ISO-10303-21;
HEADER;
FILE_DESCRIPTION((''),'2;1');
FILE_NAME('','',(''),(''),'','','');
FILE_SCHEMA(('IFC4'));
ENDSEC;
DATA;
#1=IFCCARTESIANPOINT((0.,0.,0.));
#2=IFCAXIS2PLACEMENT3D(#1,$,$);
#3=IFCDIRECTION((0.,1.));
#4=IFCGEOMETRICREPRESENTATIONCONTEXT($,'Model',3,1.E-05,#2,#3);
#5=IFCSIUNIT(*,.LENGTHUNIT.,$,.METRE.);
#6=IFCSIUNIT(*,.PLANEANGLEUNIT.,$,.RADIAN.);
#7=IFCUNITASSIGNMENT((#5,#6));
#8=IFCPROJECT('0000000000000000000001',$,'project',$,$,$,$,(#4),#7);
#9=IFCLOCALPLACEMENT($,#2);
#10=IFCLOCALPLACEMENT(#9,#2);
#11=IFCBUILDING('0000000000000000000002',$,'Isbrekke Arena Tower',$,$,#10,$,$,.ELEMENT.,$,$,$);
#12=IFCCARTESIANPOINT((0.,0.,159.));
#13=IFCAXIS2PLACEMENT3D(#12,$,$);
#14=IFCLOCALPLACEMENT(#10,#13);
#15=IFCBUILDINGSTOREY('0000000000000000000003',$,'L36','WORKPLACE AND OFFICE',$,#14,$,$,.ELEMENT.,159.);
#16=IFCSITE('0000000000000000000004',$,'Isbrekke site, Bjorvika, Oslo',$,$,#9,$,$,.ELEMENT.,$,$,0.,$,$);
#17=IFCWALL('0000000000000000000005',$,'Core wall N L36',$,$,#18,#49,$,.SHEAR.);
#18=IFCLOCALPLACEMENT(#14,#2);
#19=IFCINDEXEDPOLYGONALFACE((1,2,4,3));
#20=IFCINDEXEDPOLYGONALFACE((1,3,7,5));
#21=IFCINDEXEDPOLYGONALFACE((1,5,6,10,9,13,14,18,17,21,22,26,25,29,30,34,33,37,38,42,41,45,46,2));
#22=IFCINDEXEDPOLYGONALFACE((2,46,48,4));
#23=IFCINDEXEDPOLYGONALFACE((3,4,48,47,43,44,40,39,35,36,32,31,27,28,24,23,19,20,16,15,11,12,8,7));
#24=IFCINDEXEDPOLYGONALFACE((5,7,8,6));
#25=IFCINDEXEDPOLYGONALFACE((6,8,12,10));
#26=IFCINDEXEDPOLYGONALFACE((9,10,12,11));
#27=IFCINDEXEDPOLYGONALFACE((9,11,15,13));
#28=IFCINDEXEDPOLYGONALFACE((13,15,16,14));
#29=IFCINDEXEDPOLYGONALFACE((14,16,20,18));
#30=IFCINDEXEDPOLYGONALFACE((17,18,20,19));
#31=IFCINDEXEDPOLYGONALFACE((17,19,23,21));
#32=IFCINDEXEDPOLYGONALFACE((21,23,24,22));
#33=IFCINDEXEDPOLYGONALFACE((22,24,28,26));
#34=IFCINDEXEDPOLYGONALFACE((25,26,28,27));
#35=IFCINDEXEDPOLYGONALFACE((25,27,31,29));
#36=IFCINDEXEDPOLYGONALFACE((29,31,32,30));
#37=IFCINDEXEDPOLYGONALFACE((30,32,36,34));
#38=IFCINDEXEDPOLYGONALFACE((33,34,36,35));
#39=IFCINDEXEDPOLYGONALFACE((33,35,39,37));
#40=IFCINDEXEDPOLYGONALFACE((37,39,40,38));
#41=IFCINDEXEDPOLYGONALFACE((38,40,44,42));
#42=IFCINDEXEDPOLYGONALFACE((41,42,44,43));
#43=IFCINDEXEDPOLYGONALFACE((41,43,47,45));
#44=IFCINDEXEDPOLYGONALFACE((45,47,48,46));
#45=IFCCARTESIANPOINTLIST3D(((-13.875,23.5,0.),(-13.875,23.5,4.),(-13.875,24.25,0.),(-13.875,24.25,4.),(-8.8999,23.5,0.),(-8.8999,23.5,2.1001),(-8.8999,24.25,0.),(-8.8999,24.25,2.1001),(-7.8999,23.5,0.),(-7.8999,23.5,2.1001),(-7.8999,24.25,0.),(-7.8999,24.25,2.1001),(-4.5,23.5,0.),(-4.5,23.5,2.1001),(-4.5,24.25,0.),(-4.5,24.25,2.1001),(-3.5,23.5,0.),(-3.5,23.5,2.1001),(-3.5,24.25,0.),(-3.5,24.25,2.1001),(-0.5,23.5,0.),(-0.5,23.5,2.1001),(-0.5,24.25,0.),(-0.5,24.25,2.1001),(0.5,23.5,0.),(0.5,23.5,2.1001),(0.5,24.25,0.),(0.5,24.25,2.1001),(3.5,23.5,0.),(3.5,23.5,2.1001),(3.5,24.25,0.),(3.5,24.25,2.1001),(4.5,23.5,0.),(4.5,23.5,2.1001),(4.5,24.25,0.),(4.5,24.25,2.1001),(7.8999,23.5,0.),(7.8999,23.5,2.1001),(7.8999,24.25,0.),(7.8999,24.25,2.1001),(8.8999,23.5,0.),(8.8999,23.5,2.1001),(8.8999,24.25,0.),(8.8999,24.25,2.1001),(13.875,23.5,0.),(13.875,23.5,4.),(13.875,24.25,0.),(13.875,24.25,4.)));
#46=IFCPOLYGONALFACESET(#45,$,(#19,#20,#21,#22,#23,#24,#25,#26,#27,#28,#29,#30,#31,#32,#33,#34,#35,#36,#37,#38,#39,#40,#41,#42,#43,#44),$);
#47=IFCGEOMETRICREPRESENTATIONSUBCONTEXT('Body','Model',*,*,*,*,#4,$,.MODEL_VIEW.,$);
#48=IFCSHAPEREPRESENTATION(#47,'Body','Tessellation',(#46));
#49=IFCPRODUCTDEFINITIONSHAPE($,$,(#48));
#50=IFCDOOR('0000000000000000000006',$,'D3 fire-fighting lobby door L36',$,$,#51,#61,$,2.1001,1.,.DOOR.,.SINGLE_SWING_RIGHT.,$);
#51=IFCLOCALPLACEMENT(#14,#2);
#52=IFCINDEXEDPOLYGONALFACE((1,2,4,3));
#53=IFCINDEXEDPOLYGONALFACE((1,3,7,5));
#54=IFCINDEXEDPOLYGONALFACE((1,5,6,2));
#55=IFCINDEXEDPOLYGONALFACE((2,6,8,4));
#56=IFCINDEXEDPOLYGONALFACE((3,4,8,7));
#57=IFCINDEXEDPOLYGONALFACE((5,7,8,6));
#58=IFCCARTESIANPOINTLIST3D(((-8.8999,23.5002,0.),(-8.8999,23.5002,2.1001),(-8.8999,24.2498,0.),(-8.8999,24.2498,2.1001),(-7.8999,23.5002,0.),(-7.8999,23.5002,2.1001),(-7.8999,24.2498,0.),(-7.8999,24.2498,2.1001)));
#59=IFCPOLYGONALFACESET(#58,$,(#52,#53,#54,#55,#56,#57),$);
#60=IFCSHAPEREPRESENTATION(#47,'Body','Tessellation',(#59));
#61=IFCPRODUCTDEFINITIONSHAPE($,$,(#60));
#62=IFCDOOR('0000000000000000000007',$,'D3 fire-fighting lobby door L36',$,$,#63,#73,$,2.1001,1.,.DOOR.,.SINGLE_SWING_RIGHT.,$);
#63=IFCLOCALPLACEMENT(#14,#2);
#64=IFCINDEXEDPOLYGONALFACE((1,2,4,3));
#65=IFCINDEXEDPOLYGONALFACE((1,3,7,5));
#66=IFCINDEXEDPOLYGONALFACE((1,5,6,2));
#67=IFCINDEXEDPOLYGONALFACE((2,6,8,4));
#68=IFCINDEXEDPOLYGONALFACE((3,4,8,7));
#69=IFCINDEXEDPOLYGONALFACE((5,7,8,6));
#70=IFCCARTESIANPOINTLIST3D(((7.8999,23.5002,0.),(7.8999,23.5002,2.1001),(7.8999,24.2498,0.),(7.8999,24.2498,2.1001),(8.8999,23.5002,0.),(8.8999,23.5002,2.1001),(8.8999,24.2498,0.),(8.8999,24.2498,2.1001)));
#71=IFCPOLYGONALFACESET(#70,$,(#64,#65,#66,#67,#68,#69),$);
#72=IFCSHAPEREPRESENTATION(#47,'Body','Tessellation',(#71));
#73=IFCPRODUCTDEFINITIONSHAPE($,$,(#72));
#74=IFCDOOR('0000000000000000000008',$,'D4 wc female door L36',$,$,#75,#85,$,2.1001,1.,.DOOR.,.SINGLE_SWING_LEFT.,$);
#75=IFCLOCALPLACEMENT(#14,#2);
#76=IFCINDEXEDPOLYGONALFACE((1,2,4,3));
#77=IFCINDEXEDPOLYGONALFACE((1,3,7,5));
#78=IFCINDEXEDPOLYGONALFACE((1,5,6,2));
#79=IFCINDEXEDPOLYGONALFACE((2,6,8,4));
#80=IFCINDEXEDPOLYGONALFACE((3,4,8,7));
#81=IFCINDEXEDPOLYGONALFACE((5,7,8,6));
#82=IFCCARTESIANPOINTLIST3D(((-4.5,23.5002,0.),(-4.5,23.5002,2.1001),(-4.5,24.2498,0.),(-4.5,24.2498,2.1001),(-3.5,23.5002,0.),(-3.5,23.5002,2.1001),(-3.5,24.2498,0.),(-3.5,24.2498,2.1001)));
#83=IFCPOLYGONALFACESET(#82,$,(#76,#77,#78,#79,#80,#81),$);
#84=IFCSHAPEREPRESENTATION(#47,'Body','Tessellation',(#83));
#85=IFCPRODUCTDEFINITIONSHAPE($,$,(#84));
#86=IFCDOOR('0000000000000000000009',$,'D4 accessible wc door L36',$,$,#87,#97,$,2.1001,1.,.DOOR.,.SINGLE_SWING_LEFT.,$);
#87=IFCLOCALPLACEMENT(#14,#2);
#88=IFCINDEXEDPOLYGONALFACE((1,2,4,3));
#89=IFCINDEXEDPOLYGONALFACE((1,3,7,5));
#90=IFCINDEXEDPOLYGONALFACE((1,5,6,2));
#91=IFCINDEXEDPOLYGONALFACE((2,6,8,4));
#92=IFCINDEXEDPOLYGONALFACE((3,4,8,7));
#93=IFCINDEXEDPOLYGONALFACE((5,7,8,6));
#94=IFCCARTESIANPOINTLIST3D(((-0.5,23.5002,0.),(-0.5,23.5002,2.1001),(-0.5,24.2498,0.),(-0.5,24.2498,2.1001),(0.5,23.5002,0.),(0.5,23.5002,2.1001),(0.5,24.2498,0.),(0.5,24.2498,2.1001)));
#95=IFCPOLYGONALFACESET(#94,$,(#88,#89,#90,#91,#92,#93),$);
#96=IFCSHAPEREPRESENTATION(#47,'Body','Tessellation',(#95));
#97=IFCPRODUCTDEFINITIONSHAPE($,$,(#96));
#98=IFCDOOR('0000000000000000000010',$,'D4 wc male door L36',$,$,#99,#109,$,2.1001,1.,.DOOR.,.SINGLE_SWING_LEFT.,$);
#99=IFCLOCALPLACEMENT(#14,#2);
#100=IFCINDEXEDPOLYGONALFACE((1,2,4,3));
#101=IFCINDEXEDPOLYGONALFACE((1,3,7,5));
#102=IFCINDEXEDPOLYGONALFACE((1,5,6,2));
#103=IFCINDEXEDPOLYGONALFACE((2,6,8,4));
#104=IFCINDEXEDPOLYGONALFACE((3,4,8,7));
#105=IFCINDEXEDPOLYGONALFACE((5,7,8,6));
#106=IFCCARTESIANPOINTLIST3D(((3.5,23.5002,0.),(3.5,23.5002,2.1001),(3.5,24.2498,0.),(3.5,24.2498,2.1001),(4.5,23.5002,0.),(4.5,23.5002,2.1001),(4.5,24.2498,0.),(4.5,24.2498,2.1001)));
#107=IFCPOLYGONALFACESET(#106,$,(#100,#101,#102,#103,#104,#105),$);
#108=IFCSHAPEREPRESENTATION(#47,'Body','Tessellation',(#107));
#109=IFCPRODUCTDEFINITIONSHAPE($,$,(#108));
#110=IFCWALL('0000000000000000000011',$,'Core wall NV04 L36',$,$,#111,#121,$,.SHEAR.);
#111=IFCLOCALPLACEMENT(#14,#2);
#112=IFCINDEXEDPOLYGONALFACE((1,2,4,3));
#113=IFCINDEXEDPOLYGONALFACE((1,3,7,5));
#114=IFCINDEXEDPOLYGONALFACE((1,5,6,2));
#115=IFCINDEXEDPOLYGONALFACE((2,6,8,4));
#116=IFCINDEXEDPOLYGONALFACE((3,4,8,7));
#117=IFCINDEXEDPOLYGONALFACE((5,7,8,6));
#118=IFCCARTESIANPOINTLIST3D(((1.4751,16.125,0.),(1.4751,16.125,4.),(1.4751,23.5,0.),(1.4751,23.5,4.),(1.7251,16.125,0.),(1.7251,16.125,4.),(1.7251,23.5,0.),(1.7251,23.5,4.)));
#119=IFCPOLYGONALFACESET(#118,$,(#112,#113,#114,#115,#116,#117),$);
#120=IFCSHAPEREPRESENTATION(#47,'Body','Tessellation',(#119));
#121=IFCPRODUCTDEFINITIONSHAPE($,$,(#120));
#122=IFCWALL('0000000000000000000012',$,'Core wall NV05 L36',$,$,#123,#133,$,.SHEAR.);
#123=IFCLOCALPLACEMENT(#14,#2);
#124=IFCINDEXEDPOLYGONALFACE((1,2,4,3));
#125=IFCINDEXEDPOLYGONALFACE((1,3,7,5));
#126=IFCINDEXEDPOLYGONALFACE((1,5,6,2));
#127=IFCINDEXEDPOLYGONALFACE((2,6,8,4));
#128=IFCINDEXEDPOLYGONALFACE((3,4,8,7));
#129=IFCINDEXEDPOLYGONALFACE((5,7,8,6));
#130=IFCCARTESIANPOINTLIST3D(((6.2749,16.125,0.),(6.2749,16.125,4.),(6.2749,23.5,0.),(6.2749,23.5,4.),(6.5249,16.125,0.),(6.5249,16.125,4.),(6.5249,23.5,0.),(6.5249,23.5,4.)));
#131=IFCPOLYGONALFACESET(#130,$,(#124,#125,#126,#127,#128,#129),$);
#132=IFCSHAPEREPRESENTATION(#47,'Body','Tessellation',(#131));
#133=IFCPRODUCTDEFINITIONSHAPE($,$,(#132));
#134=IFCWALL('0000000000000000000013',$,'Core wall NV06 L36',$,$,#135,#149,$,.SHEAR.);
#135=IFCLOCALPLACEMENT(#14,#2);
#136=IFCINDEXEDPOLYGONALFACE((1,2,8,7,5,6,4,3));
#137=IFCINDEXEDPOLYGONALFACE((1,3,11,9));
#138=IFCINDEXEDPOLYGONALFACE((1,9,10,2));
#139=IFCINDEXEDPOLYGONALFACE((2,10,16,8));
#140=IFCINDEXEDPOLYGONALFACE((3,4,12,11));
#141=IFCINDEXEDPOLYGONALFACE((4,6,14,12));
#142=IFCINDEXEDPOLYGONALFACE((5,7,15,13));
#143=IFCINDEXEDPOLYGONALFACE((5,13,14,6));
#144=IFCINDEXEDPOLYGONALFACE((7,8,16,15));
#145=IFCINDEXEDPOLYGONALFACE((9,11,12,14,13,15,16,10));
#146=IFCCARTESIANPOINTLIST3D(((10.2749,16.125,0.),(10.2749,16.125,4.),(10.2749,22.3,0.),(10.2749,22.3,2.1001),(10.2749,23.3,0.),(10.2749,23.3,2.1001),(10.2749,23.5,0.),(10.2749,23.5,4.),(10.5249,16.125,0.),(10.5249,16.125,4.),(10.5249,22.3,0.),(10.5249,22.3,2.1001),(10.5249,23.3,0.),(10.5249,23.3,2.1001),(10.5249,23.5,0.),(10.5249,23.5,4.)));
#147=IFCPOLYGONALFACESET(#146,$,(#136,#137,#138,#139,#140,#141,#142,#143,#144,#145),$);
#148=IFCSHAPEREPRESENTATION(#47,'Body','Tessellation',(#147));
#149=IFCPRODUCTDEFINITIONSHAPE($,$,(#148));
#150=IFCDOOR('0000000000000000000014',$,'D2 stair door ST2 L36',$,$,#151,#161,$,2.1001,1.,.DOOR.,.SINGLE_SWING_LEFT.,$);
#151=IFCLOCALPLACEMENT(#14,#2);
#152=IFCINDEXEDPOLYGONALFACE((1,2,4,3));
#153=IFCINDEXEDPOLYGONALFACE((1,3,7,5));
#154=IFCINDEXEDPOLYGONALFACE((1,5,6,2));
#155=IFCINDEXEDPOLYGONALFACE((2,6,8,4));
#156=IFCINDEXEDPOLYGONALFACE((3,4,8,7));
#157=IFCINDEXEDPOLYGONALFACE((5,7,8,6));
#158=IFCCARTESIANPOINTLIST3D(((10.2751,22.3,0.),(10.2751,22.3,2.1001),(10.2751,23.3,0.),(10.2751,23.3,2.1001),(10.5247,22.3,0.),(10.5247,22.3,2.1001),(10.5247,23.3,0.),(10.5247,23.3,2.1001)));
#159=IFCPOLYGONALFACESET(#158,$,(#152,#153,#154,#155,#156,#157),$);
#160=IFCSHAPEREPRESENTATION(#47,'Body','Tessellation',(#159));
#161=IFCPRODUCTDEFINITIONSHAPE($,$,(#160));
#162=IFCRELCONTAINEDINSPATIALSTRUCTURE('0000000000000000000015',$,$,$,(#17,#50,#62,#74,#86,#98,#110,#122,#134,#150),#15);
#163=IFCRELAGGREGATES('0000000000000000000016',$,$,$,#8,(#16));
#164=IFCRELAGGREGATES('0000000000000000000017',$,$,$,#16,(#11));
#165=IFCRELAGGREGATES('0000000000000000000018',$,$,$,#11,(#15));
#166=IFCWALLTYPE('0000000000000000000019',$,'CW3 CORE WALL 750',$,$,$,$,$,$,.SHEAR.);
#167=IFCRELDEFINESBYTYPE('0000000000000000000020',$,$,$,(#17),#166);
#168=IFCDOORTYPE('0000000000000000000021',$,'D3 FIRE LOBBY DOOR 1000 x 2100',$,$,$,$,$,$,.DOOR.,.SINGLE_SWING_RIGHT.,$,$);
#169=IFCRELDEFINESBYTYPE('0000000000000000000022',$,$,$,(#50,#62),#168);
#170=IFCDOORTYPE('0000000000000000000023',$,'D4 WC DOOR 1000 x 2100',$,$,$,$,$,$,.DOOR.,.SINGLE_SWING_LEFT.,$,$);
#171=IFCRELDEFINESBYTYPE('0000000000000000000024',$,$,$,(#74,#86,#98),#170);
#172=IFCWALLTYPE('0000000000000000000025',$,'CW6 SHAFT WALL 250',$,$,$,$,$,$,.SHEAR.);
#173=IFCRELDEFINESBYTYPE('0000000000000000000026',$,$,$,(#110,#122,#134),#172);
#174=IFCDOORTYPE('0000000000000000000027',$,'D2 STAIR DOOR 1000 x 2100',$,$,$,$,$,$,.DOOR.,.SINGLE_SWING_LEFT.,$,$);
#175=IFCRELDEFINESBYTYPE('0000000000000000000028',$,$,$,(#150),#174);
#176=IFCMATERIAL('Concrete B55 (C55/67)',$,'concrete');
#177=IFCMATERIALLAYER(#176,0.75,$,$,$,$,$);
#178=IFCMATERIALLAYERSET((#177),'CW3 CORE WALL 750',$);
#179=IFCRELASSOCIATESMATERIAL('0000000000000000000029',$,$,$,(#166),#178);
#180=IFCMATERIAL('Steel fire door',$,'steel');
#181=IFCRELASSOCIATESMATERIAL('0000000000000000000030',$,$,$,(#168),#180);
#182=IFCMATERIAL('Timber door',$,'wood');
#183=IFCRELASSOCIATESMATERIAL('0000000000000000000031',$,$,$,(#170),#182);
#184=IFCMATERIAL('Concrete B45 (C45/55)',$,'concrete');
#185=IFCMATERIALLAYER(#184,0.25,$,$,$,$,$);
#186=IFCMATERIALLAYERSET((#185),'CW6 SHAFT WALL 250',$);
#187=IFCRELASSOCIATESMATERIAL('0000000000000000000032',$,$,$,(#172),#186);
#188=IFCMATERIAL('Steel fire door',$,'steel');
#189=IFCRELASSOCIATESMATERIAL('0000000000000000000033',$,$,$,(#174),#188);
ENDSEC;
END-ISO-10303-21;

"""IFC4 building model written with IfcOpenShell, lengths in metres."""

from ifc_helpers import new_model, si_unit, direction, frame, frame_2d, origin, place, context, subcontext, project, spatial, rectangle, extrude, material, layer, layer_set, type_object, element, fill, save


model = new_model("IFC4")

# Units and contexts
model_context = context("Model", 3, precision=1e-05, world=origin(), true_north=direction((0.0, 1.0)))
body_context = subcontext(model_context, "Body", "Model", "MODEL_VIEW")
ifc_project = project(units=[si_unit("LENGTHUNIT", "METRE"), si_unit("PLANEANGLEUNIT", "RADIAN")], contexts=[model_context])

# Site, building, storey
site_placement = place(None, origin())
site = spatial("IfcSite", under=ifc_project, at=site_placement, Name="Isbrekke site, Bjorvika, Oslo", CompositionType="ELEMENT", RefElevation=0.0)
building_placement = place(site_placement, origin())
building = spatial("IfcBuilding", under=site, at=building_placement, Name="Isbrekke Arena Tower", CompositionType="ELEMENT")
storey_placement = place(building_placement, frame((0.0, 0.0, 159.0)))
storey = spatial("IfcBuildingStorey", under=building, at=storey_placement, Name="L36", Description="WORKPLACE AND OFFICE", CompositionType="ELEMENT", Elevation=159.0)

# Wall, openings, doors
ifc_material_1 = material(Name="Concrete B55 (C55/67)", Category="concrete")
ifc_layer_1 = layer(ifc_material_1, 0.75)
ifc_layer_set_1 = layer_set([ifc_layer_1], Name="CW3 CORE WALL 750")
wall_type_1 = type_object("IfcWallType", Name="CW3 CORE WALL 750", PredefinedType="SHEAR", material=ifc_layer_set_1)
wall_1_placement = place(storey_placement, frame((13.875, 23.875, 0.0), z_axis=(0.0, 0.0, 1.0), x_axis=(-1.0, 0.0, 0.0)))
wall_1 = element("IfcWall", 1, at=wall_1_placement, inside=storey, type_object=wall_type_1, Name="Core wall N L36", PredefinedType="SHEAR", context=body_context, shape_type="SweptSolid", body=[
    extrude(rectangle(XDim=27.75, YDim=0.75, at=frame_2d((13.875, 0.0))), origin(), (0.0, 0.0, 1.0), 4.0),
])
opening_1_placement = place(wall_1_placement, frame((21.7749, 0.0, 0.0)))
opening_1 = element("IfcOpeningElement", 2, at=opening_1_placement, cuts=wall_1, PredefinedType="OPENING", context=body_context, shape_type="SweptSolid", body=[
    extrude(rectangle(XDim=1.0, YDim=2.1001, at=frame_2d((0.5, 1.05))), frame((0.0, 0.3899, 0.0), z_axis=(0.0, -1.0, 0.0), x_axis=(1.0, 0.0, 0.0)), (0.0, 0.0, 1.0), 0.7798),
])
opening_2_placement = place(wall_1_placement, frame((4.9751, 0.0, 0.0)))
opening_2 = element("IfcOpeningElement", 3, at=opening_2_placement, cuts=wall_1, PredefinedType="OPENING", context=body_context, shape_type="SweptSolid", body=[
    extrude(rectangle(XDim=1.0, YDim=2.1001, at=frame_2d((0.5, 1.05))), frame((0.0, 0.3899, 0.0), z_axis=(0.0, -1.0, 0.0), x_axis=(1.0, 0.0, 0.0)), (0.0, 0.0, 1.0), 0.7798),
])
opening_3_placement = place(wall_1_placement, frame((17.375, 0.0, 0.0)))
opening_3 = element("IfcOpeningElement", 4, at=opening_3_placement, cuts=wall_1, PredefinedType="OPENING", context=body_context, shape_type="SweptSolid", body=[
    extrude(rectangle(XDim=1.0, YDim=2.1001, at=frame_2d((0.5, 1.05))), frame((0.0, 0.3899, 0.0), z_axis=(0.0, -1.0, 0.0), x_axis=(1.0, 0.0, 0.0)), (0.0, 0.0, 1.0), 0.7798),
])
opening_4_placement = place(wall_1_placement, frame((13.375, 0.0, 0.0)))
opening_4 = element("IfcOpeningElement", 5, at=opening_4_placement, cuts=wall_1, PredefinedType="OPENING", context=body_context, shape_type="SweptSolid", body=[
    extrude(rectangle(XDim=1.0, YDim=2.1001, at=frame_2d((0.5, 1.05))), frame((0.0, 0.3899, 0.0), z_axis=(0.0, -1.0, 0.0), x_axis=(1.0, 0.0, 0.0)), (0.0, 0.0, 1.0), 0.7798),
])
opening_5_placement = place(wall_1_placement, frame((9.375, 0.0, 0.0)))
opening_5 = element("IfcOpeningElement", 6, at=opening_5_placement, cuts=wall_1, PredefinedType="OPENING", context=body_context, shape_type="SweptSolid", body=[
    extrude(rectangle(XDim=1.0, YDim=2.1001, at=frame_2d((0.5, 1.05))), frame((0.0, 0.3899, 0.0), z_axis=(0.0, -1.0, 0.0), x_axis=(1.0, 0.0, 0.0)), (0.0, 0.0, 1.0), 0.7798),
])
ifc_material_2 = material(Name="Steel fire door", Category="steel")
door_type_1 = type_object("IfcDoorType", Name="D3 FIRE LOBBY DOOR 1000 x 2100", OperationType="SINGLE_SWING_RIGHT", PredefinedType="DOOR", material=ifc_material_2)
door_1_placement = place(opening_1_placement, origin())
door_1 = element("IfcDoor", 7, at=door_1_placement, inside=storey, type_object=door_type_1, Name="D3 fire-fighting lobby door L36", OperationType="SINGLE_SWING_RIGHT", OverallHeight=2.1001, OverallWidth=1.0, PredefinedType="DOOR", context=body_context, shape_type="SweptSolid", body=[
    extrude(rectangle(XDim=1.0, YDim=2.1001, at=frame_2d((0.5, 1.05))), frame((0.0, 0.3748, 0.0), z_axis=(0.0, -1.0, 0.0), x_axis=(1.0, 0.0, 0.0)), (0.0, 0.0, 1.0), 0.7495),
])
fill(opening_1, door_1)
door_2_placement = place(opening_2_placement, origin())
door_2 = element("IfcDoor", 8, at=door_2_placement, inside=storey, type_object=door_type_1, Name="D3 fire-fighting lobby door L36", OperationType="SINGLE_SWING_RIGHT", OverallHeight=2.1001, OverallWidth=1.0, PredefinedType="DOOR", context=body_context, shape_type="SweptSolid", body=[
    extrude(rectangle(XDim=1.0, YDim=2.1001, at=frame_2d((0.5, 1.05))), frame((0.0, 0.3748, 0.0), z_axis=(0.0, -1.0, 0.0), x_axis=(1.0, 0.0, 0.0)), (0.0, 0.0, 1.0), 0.7495),
])
fill(opening_2, door_2)
ifc_material_3 = material(Name="Timber door", Category="wood")
door_type_2 = type_object("IfcDoorType", Name="D4 WC DOOR 1000 x 2100", OperationType="SINGLE_SWING_LEFT", PredefinedType="DOOR", material=ifc_material_3)
door_3_placement = place(opening_3_placement, origin())
door_3 = element("IfcDoor", 9, at=door_3_placement, inside=storey, type_object=door_type_2, Name="D4 wc female door L36", OperationType="SINGLE_SWING_LEFT", OverallHeight=2.1001, OverallWidth=1.0, PredefinedType="DOOR", context=body_context, shape_type="SweptSolid", body=[
    extrude(rectangle(XDim=1.0, YDim=2.1001, at=frame_2d((0.5, 1.05))), frame((0.0, 0.3748, 0.0), z_axis=(0.0, -1.0, 0.0), x_axis=(1.0, 0.0, 0.0)), (0.0, 0.0, 1.0), 0.7495),
])
fill(opening_3, door_3)
door_4_placement = place(opening_4_placement, origin())
door_4 = element("IfcDoor", 10, at=door_4_placement, inside=storey, type_object=door_type_2, Name="D4 accessible wc door L36", OperationType="SINGLE_SWING_LEFT", OverallHeight=2.1001, OverallWidth=1.0, PredefinedType="DOOR", context=body_context, shape_type="SweptSolid", body=[
    extrude(rectangle(XDim=1.0, YDim=2.1001, at=frame_2d((0.5, 1.05))), frame((0.0, 0.3748, 0.0), z_axis=(0.0, -1.0, 0.0), x_axis=(1.0, 0.0, 0.0)), (0.0, 0.0, 1.0), 0.7495),
])
fill(opening_4, door_4)
door_5_placement = place(opening_5_placement, origin())
door_5 = element("IfcDoor", 11, at=door_5_placement, inside=storey, type_object=door_type_2, Name="D4 wc male door L36", OperationType="SINGLE_SWING_LEFT", OverallHeight=2.1001, OverallWidth=1.0, PredefinedType="DOOR", context=body_context, shape_type="SweptSolid", body=[
    extrude(rectangle(XDim=1.0, YDim=2.1001, at=frame_2d((0.5, 1.05))), frame((0.0, 0.3748, 0.0), z_axis=(0.0, -1.0, 0.0), x_axis=(1.0, 0.0, 0.0)), (0.0, 0.0, 1.0), 0.7495),
])
fill(opening_5, door_5)

# Walls
ifc_material_4 = material(Name="Concrete B45 (C45/55)", Category="concrete")
ifc_layer_2 = layer(ifc_material_4, 0.25)
ifc_layer_set_2 = layer_set([ifc_layer_2], Name="CW6 SHAFT WALL 250")
wall_type_2 = type_object("IfcWallType", Name="CW6 SHAFT WALL 250", PredefinedType="SHEAR", material=ifc_layer_set_2)
for number, where, z_axis, x_axis, name in (
    (12, (1.6001, 16.125, 0.0), (0.0, 0.0, 1.0), (0.0, 1.0, 0.0), "Core wall NV04 L36"),
    (13, (6.3999, 16.125, 0.0), (0.0, 0.0, 1.0), (0.0, 1.0, 0.0), "Core wall NV05 L36"),
):
    element("IfcWall", number, at=place(storey_placement, frame(where, z_axis=z_axis, x_axis=x_axis)), inside=storey, type_object=wall_type_2, Name=name, PredefinedType="SHEAR", context=body_context, shape_type="SweptSolid", body=[
        extrude(rectangle(XDim=7.375, YDim=0.25, at=frame_2d((3.6875, 0.0))), origin(), (0.0, 0.0, 1.0), 4.0),
    ])

# Wall, opening, door
wall_2_placement = place(storey_placement, frame((10.3999, 16.125, 0.0), z_axis=(0.0, 0.0, 1.0), x_axis=(0.0, 1.0, 0.0)))
wall_2 = element("IfcWall", 14, at=wall_2_placement, inside=storey, type_object=wall_type_2, Name="Core wall NV06 L36", PredefinedType="SHEAR", context=body_context, shape_type="SweptSolid", body=[
    extrude(rectangle(XDim=7.375, YDim=0.25, at=frame_2d((3.6875, 0.0))), origin(), (0.0, 0.0, 1.0), 4.0),
])
opening_6_placement = place(wall_2_placement, frame((6.175, 0.0, 0.0)))
opening_6 = element("IfcOpeningElement", 15, at=opening_6_placement, cuts=wall_2, PredefinedType="OPENING", context=body_context, shape_type="SweptSolid", body=[
    extrude(rectangle(XDim=1.0, YDim=2.1001, at=frame_2d((0.5, 1.05))), frame((0.0, 0.1399, 0.0), z_axis=(0.0, -1.0, 0.0), x_axis=(1.0, 0.0, 0.0)), (0.0, 0.0, 1.0), 0.2798),
])
ifc_material_5 = material(Name="Steel fire door", Category="steel")
door_type_3 = type_object("IfcDoorType", Name="D2 STAIR DOOR 1000 x 2100", OperationType="SINGLE_SWING_LEFT", PredefinedType="DOOR", material=ifc_material_5)
door_6_placement = place(opening_6_placement, origin())
door_6 = element("IfcDoor", 16, at=door_6_placement, inside=storey, type_object=door_type_3, Name="D2 stair door ST2 L36", OperationType="SINGLE_SWING_LEFT", OverallHeight=2.1001, OverallWidth=1.0, PredefinedType="DOOR", context=body_context, shape_type="SweptSolid", body=[
    extrude(rectangle(XDim=1.0, YDim=2.1001, at=frame_2d((0.5, 1.05))), frame((0.0, 0.1248, 0.0), z_axis=(0.0, -1.0, 0.0), x_axis=(1.0, 0.0, 0.0)), (0.0, 0.0, 1.0), 0.2495),
])
fill(opening_6, door_6)

save(model, "model.ifc")
